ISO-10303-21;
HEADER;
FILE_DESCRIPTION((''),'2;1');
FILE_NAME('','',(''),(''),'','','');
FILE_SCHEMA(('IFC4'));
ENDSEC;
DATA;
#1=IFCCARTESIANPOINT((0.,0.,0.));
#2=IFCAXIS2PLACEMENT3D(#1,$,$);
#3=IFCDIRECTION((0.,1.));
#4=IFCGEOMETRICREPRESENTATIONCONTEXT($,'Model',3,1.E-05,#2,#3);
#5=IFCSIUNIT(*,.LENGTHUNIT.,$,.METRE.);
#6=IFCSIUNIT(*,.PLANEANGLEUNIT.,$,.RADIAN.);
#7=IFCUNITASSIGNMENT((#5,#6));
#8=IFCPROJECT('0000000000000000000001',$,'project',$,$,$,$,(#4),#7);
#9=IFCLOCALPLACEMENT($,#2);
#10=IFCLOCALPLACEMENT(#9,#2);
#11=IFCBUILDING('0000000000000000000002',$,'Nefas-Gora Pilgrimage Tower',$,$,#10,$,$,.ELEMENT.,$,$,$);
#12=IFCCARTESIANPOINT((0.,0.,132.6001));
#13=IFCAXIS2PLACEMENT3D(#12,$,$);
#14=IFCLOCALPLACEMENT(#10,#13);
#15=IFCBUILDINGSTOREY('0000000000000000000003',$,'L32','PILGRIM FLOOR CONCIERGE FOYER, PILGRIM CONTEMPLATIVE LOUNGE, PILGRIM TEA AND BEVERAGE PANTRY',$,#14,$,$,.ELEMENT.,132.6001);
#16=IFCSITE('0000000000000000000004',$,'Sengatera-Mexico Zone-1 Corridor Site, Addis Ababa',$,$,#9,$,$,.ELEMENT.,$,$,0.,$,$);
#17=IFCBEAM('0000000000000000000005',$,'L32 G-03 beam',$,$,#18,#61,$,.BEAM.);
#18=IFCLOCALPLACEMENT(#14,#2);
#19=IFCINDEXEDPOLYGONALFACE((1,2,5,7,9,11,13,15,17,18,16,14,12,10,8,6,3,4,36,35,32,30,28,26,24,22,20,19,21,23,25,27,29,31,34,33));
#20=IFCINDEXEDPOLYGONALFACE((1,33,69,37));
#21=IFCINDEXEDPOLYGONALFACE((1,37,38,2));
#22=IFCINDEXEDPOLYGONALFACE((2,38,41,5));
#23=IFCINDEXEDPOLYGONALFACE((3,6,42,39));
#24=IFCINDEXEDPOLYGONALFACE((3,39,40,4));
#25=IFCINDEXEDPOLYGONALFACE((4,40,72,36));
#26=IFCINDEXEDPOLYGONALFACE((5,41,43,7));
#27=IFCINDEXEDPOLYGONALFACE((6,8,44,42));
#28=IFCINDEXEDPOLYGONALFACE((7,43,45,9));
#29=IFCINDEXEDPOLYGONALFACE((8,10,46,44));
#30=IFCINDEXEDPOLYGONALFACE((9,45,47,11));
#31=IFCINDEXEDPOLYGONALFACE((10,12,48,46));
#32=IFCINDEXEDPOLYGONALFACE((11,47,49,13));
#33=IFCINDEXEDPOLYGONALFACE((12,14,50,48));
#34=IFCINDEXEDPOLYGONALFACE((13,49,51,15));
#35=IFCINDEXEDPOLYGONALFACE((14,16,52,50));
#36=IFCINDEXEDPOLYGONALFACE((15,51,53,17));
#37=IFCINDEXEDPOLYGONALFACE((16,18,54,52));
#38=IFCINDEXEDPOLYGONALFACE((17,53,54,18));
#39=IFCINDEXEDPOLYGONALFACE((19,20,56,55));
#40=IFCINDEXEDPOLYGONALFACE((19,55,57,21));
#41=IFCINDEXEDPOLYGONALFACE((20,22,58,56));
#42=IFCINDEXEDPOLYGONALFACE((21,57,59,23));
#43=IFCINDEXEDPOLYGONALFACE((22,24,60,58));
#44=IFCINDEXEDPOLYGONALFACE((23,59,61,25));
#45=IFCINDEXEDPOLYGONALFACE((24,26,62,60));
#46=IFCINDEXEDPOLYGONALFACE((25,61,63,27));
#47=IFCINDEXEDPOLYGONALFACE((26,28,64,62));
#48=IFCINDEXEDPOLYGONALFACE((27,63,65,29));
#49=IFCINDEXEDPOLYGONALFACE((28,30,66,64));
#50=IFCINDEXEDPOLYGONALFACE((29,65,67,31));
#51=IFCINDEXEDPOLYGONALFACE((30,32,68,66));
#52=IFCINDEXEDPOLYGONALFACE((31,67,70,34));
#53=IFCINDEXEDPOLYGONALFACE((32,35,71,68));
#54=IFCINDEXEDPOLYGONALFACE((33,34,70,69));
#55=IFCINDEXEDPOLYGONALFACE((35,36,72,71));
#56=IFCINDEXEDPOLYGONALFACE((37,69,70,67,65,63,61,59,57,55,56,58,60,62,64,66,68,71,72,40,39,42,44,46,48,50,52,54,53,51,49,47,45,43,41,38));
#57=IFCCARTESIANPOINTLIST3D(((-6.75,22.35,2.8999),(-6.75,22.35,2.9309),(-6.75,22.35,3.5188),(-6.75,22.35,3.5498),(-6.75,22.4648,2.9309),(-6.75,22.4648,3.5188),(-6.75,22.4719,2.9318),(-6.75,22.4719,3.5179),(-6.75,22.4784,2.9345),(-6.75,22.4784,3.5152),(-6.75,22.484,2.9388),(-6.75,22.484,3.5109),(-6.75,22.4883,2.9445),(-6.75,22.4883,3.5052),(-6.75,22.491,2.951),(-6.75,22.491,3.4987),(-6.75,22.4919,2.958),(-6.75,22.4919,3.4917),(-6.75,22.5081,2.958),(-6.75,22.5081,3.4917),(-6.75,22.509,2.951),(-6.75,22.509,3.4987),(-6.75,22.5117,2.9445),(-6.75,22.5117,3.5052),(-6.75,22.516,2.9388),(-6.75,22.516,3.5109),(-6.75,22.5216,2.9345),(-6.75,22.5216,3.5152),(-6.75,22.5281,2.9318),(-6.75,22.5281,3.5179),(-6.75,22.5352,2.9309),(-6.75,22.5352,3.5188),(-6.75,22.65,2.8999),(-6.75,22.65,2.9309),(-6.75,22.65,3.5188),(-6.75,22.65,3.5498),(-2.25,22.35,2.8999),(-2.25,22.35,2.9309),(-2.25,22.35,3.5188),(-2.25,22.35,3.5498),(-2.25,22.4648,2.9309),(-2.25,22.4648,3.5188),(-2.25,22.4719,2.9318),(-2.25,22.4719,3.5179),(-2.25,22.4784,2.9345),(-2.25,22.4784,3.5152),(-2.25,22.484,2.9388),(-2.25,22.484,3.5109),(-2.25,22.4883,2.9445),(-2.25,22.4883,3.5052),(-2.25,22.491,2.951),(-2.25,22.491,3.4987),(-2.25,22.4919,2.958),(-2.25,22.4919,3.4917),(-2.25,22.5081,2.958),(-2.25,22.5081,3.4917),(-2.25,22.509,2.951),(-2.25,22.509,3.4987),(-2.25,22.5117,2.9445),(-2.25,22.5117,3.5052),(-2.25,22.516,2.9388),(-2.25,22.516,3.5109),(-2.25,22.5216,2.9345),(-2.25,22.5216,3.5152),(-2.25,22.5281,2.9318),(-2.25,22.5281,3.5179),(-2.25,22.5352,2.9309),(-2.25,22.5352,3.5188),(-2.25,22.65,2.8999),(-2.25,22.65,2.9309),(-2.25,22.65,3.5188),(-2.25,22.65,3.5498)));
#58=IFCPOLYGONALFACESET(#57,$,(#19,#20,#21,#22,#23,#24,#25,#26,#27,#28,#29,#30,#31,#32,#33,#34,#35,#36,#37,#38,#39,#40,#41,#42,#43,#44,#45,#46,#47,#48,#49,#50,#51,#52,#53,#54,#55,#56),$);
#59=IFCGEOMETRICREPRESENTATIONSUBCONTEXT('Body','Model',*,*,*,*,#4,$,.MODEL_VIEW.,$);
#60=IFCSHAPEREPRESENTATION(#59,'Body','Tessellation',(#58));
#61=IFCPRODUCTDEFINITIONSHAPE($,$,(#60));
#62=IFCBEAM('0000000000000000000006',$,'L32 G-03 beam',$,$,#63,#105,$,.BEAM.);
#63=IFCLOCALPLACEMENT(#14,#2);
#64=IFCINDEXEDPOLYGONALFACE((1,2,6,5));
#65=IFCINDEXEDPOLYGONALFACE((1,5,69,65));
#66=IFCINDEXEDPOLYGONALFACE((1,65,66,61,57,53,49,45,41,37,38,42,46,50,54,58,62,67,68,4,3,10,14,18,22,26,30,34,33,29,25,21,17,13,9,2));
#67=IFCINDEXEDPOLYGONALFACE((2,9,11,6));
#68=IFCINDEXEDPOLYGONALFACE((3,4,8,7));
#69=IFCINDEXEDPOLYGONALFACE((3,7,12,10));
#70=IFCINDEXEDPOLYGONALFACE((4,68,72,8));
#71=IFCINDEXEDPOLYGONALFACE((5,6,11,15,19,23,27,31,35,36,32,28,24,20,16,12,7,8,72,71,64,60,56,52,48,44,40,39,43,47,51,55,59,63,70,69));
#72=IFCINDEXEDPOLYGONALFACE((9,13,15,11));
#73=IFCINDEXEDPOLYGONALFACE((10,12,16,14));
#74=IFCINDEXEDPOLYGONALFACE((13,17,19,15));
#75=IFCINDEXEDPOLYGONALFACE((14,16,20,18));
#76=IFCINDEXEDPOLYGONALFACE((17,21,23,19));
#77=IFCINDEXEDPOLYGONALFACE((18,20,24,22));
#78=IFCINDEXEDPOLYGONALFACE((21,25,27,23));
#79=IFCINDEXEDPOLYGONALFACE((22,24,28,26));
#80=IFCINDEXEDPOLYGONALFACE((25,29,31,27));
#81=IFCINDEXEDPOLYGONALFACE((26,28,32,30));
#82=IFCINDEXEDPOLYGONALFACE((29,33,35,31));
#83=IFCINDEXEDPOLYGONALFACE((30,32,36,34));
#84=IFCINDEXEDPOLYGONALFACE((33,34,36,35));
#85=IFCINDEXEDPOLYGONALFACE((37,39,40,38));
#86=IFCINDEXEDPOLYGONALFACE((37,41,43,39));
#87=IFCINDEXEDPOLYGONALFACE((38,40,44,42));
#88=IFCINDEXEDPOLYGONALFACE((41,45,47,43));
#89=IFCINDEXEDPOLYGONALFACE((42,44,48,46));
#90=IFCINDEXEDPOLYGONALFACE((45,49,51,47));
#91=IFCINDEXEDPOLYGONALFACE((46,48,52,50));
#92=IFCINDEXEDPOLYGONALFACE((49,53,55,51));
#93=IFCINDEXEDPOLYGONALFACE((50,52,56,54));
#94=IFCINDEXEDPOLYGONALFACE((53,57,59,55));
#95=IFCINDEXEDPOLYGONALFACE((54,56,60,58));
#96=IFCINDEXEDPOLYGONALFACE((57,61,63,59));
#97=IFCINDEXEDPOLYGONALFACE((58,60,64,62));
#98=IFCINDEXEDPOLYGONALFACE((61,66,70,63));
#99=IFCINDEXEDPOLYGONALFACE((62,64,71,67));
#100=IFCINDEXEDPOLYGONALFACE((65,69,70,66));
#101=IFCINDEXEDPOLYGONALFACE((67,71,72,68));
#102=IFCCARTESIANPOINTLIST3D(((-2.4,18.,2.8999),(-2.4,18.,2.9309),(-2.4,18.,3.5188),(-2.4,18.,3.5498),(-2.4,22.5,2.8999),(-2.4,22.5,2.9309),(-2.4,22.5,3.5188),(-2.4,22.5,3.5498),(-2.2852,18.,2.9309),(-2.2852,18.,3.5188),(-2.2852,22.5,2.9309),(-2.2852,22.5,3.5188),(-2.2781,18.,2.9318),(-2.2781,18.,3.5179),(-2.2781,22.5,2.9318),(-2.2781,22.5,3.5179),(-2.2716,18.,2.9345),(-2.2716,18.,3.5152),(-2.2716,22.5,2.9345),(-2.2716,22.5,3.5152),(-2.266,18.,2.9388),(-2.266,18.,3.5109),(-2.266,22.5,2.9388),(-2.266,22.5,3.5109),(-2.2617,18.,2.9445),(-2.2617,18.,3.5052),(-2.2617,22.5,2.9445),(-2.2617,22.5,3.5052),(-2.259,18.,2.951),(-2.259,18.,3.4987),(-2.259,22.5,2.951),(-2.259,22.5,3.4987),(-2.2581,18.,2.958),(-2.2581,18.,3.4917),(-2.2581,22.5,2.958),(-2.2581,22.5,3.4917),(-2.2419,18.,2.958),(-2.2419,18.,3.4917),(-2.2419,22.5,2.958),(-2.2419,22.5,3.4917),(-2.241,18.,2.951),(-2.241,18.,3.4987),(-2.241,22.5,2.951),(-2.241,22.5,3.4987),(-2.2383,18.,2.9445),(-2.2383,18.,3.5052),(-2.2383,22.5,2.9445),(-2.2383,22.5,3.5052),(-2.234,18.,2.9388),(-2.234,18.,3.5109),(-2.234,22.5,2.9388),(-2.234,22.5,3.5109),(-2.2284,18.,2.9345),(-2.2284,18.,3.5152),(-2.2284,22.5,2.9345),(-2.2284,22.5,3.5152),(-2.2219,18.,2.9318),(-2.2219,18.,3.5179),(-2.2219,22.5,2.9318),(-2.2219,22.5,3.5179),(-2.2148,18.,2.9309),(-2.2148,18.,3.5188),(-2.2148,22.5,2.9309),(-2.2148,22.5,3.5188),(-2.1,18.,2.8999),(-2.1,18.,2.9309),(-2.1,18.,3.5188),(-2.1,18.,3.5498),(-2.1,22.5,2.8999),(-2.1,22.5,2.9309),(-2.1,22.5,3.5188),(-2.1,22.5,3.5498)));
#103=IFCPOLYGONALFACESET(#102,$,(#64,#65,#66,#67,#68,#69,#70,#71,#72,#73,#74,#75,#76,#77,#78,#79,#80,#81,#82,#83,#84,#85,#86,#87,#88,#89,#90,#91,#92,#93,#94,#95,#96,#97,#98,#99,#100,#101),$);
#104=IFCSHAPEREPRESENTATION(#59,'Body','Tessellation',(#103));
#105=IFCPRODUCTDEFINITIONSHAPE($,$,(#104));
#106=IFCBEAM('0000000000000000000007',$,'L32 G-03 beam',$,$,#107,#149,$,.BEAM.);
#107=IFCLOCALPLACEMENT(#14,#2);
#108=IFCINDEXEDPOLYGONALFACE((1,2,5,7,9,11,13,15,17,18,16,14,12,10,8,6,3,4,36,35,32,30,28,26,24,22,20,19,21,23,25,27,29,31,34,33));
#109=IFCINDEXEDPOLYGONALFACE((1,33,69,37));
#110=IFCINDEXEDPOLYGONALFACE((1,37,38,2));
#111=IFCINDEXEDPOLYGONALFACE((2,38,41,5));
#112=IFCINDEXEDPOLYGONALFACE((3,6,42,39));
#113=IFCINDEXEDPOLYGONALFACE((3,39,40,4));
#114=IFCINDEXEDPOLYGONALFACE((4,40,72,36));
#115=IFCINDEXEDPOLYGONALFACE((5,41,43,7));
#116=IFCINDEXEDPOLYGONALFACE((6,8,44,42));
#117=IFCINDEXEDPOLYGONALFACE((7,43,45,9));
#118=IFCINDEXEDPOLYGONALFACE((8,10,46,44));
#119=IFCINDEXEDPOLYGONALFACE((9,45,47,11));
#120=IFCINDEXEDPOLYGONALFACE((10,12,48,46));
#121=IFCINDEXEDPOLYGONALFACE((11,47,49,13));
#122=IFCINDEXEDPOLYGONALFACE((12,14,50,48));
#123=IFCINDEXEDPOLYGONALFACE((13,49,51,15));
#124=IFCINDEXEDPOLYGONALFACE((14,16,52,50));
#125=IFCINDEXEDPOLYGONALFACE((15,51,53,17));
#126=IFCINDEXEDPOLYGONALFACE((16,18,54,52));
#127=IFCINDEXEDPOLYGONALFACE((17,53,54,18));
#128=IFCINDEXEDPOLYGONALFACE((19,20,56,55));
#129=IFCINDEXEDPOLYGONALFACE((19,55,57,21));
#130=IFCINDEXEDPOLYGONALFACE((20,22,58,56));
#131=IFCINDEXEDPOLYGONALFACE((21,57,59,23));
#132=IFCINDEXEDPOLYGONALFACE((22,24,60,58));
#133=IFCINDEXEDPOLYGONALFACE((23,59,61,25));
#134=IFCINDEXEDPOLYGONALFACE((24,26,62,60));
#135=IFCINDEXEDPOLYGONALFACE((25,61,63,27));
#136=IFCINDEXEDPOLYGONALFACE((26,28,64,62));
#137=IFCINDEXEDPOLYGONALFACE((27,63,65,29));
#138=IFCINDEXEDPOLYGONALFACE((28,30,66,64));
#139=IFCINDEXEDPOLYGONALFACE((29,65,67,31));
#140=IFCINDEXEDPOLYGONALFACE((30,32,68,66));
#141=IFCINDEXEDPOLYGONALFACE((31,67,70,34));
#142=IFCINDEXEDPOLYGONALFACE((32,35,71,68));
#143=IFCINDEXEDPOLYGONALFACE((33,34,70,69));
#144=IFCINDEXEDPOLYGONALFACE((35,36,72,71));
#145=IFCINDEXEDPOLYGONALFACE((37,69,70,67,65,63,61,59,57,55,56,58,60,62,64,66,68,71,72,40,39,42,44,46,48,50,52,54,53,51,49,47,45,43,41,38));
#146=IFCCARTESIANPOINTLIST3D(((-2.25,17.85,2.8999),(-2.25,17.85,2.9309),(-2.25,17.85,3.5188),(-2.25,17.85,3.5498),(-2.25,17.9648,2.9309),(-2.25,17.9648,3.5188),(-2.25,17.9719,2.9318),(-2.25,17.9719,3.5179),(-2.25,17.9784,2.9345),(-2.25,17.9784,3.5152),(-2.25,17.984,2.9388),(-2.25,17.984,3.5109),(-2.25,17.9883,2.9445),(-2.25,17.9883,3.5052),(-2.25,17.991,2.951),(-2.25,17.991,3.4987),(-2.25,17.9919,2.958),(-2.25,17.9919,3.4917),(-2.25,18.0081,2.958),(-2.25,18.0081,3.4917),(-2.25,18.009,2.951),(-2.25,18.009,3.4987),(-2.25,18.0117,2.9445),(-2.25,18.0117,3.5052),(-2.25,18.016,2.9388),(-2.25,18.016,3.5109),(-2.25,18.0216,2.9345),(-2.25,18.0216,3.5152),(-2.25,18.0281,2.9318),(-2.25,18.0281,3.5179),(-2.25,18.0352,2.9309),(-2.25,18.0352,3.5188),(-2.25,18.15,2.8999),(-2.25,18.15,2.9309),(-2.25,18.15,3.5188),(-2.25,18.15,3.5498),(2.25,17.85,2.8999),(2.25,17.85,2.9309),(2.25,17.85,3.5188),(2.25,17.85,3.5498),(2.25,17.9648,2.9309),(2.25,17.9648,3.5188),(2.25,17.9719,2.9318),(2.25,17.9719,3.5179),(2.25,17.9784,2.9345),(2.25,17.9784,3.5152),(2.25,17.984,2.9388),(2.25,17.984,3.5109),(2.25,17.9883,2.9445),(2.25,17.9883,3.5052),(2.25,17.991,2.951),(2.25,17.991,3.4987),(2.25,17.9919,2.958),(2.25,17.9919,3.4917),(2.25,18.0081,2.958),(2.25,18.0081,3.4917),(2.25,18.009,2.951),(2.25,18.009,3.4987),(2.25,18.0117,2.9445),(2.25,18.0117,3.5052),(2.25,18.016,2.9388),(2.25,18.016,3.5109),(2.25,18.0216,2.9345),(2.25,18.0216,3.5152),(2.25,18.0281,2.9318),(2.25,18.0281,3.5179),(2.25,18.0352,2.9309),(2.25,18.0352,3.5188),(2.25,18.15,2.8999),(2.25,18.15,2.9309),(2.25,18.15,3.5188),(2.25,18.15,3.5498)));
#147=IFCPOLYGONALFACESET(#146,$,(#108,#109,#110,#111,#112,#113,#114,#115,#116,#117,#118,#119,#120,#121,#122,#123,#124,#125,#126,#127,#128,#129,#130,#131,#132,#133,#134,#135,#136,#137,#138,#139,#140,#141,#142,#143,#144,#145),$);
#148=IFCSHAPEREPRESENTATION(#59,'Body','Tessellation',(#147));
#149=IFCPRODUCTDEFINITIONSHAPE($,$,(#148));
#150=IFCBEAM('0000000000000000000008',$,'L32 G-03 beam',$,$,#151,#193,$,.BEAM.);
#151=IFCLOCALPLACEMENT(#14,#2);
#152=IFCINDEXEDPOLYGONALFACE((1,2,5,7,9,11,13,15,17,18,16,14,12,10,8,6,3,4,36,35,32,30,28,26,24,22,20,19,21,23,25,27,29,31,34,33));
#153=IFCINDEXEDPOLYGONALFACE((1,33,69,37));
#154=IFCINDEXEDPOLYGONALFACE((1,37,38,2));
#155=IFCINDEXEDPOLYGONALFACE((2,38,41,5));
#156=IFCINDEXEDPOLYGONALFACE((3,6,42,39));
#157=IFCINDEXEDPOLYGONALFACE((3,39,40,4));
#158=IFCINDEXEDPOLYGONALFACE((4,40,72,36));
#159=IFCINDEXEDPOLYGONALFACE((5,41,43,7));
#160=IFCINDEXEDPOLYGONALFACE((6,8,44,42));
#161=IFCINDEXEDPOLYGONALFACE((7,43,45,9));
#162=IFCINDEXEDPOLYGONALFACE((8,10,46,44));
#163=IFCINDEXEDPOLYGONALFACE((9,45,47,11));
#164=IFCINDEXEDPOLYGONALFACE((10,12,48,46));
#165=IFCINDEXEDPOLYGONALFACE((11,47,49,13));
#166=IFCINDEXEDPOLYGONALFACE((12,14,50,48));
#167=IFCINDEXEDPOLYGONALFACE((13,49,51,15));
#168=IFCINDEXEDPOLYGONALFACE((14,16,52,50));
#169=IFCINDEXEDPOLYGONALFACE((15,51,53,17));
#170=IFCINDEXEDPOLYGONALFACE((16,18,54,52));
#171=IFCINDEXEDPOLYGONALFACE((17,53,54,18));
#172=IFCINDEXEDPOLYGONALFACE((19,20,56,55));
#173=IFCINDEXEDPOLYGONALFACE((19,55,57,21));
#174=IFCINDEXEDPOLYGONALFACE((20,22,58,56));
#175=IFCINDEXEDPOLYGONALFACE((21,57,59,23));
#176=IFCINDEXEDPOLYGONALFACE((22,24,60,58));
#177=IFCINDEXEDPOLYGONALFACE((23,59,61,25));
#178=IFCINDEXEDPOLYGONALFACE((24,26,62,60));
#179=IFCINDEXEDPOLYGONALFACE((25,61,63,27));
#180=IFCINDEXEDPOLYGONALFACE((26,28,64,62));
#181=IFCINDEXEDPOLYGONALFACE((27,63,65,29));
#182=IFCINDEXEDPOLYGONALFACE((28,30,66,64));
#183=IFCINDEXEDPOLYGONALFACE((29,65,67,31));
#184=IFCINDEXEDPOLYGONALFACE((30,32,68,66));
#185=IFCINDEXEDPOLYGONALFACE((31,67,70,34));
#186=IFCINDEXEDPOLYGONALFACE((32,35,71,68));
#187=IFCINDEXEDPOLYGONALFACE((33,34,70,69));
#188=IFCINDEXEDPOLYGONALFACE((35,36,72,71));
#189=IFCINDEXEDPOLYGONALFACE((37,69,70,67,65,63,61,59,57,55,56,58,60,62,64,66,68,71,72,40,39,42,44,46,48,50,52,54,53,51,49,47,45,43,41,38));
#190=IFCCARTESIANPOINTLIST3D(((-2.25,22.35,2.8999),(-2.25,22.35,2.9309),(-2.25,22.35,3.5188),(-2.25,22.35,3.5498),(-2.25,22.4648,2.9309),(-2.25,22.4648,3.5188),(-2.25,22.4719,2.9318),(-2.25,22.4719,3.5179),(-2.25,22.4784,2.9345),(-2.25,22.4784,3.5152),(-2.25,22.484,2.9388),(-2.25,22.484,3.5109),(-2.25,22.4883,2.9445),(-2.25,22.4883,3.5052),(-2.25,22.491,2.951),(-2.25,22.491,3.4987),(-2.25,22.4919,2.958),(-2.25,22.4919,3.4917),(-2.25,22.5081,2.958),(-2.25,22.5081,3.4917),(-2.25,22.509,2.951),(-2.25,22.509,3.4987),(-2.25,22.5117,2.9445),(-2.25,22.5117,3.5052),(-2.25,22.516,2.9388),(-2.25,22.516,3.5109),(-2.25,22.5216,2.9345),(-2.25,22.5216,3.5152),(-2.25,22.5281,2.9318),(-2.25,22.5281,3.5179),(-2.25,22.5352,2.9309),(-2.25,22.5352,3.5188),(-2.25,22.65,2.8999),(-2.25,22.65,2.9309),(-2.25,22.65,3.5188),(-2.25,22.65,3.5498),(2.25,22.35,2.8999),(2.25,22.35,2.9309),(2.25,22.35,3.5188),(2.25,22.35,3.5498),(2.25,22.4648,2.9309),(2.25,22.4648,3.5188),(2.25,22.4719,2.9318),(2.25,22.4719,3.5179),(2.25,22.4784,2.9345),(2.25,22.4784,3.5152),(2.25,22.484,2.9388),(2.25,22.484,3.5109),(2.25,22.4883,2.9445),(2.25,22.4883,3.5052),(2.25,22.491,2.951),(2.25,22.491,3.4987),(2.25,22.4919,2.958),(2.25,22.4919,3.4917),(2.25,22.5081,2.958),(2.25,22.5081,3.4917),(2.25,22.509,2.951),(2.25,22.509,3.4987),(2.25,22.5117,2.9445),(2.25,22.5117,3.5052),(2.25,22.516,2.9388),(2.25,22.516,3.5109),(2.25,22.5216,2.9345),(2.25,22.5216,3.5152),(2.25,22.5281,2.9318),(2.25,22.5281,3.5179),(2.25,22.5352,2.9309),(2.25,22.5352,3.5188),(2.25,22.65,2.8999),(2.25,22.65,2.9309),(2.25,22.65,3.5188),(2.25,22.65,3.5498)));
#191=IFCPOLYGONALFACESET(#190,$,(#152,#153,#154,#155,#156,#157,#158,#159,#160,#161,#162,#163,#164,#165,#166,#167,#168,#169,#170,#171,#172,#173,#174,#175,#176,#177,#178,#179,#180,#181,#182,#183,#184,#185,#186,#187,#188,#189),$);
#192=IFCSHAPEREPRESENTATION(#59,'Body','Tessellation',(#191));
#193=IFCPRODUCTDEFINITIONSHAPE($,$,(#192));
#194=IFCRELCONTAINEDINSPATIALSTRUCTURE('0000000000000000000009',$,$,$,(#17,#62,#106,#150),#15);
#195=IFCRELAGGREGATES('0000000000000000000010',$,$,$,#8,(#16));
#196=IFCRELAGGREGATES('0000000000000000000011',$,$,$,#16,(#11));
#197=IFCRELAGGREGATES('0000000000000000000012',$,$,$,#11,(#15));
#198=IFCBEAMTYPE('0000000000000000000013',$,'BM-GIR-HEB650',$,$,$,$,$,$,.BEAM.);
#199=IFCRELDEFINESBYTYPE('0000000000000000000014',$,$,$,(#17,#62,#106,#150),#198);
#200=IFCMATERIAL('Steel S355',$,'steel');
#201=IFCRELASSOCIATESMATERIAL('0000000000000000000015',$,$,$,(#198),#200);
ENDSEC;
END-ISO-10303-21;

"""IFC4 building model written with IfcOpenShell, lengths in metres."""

from ifc_helpers import new_model, si_unit, direction, frame, origin, origin_2d, place, context, subcontext, project, spatial, i_section, extrude, source, transform, mapped, material, material_profile, profile_set, type_object, element, save


model = new_model("IFC4")

# Units and contexts
model_context = context("Model", 3, precision=1e-05, world=origin(), true_north=direction((0.0, 1.0)))
body_context = subcontext(model_context, "Body", "Model", "MODEL_VIEW")
ifc_project = project(units=[si_unit("LENGTHUNIT", "METRE"), si_unit("PLANEANGLEUNIT", "RADIAN")], contexts=[model_context])

# Site, building, storey
site_placement = place(None, origin())
site = spatial("IfcSite", under=ifc_project, at=site_placement, Name="Sengatera-Mexico Zone-1 Corridor Site, Addis Ababa", CompositionType="ELEMENT", RefElevation=0.0)
building_placement = place(site_placement, origin())
building = spatial("IfcBuilding", under=site, at=building_placement, Name="Nefas-Gora Pilgrimage Tower", CompositionType="ELEMENT")
storey_placement = place(building_placement, frame((0.0, 0.0, 132.6001)))
storey = spatial("IfcBuildingStorey", under=building, at=storey_placement, Name="L32", Description="PILGRIM FLOOR CONCIERGE FOYER, PILGRIM CONTEMPLATIVE LOUNGE, PILGRIM TEA AND BEVERAGE PANTRY", CompositionType="ELEMENT", Elevation=132.6001)

# Beams
ifc_material_1 = material(Name="Steel S355", Category="steel")
ifc_material_profile_1 = material_profile(ifc_material_1, i_section(OverallWidth=0.3, OverallDepth=0.6499, WebThickness=0.0161, FlangeThickness=0.031, FilletRadius=0.0271, at=origin_2d()), Name="HEB 650")
ifc_profile_set_1 = profile_set([ifc_material_profile_1], Name="Steel S355")
beam_type = type_object("IfcBeamType", Name="BM-GIR-HEB650", PredefinedType="BEAM", material=ifc_profile_set_1)
shared_shape_1 = source(origin(), body_context, "Body", "SweptSolid", [
    extrude(i_section(OverallWidth=0.3, OverallDepth=0.6499, WebThickness=0.0161, FlangeThickness=0.031, FilletRadius=0.0271, at=origin_2d()), origin(), (0.0, 0.0, 1.0), 4.5),
])
for number, where, z_axis, x_axis, name in (
    (1, (-6.75, 22.5, 3.2249), (1.0, 0.0, 0.0), (0.0, 1.0, 0.0), "L32 G-03 beam"),
    (2, (-2.25, 18.0, 3.2249), (0.0, 1.0, 0.0), (-1.0, 0.0, 0.0), "L32 G-03 beam"),
    (3, (-2.25, 18.0, 3.2249), (1.0, 0.0, 0.0), (0.0, 1.0, 0.0), "L32 G-03 beam"),
    (4, (-2.25, 22.5, 3.2249), (1.0, 0.0, 0.0), (0.0, 1.0, 0.0), "L32 G-03 beam"),
):
    element("IfcBeam", number, at=place(storey_placement, frame(where, z_axis=z_axis, x_axis=x_axis)), inside=storey, type_object=beam_type, Name=name, PredefinedType="BEAM", context=body_context, shape_type="MappedRepresentation", body=[
        mapped(shared_shape_1, transform((0.0, 0.0, 0.0), x_axis=(1.0, 0.0, 0.0), y_axis=(0.0, 1.0, 0.0), z_axis=(0.0, 0.0, 1.0), scale=1.0)),
    ])

save(model, "model.ifc")
